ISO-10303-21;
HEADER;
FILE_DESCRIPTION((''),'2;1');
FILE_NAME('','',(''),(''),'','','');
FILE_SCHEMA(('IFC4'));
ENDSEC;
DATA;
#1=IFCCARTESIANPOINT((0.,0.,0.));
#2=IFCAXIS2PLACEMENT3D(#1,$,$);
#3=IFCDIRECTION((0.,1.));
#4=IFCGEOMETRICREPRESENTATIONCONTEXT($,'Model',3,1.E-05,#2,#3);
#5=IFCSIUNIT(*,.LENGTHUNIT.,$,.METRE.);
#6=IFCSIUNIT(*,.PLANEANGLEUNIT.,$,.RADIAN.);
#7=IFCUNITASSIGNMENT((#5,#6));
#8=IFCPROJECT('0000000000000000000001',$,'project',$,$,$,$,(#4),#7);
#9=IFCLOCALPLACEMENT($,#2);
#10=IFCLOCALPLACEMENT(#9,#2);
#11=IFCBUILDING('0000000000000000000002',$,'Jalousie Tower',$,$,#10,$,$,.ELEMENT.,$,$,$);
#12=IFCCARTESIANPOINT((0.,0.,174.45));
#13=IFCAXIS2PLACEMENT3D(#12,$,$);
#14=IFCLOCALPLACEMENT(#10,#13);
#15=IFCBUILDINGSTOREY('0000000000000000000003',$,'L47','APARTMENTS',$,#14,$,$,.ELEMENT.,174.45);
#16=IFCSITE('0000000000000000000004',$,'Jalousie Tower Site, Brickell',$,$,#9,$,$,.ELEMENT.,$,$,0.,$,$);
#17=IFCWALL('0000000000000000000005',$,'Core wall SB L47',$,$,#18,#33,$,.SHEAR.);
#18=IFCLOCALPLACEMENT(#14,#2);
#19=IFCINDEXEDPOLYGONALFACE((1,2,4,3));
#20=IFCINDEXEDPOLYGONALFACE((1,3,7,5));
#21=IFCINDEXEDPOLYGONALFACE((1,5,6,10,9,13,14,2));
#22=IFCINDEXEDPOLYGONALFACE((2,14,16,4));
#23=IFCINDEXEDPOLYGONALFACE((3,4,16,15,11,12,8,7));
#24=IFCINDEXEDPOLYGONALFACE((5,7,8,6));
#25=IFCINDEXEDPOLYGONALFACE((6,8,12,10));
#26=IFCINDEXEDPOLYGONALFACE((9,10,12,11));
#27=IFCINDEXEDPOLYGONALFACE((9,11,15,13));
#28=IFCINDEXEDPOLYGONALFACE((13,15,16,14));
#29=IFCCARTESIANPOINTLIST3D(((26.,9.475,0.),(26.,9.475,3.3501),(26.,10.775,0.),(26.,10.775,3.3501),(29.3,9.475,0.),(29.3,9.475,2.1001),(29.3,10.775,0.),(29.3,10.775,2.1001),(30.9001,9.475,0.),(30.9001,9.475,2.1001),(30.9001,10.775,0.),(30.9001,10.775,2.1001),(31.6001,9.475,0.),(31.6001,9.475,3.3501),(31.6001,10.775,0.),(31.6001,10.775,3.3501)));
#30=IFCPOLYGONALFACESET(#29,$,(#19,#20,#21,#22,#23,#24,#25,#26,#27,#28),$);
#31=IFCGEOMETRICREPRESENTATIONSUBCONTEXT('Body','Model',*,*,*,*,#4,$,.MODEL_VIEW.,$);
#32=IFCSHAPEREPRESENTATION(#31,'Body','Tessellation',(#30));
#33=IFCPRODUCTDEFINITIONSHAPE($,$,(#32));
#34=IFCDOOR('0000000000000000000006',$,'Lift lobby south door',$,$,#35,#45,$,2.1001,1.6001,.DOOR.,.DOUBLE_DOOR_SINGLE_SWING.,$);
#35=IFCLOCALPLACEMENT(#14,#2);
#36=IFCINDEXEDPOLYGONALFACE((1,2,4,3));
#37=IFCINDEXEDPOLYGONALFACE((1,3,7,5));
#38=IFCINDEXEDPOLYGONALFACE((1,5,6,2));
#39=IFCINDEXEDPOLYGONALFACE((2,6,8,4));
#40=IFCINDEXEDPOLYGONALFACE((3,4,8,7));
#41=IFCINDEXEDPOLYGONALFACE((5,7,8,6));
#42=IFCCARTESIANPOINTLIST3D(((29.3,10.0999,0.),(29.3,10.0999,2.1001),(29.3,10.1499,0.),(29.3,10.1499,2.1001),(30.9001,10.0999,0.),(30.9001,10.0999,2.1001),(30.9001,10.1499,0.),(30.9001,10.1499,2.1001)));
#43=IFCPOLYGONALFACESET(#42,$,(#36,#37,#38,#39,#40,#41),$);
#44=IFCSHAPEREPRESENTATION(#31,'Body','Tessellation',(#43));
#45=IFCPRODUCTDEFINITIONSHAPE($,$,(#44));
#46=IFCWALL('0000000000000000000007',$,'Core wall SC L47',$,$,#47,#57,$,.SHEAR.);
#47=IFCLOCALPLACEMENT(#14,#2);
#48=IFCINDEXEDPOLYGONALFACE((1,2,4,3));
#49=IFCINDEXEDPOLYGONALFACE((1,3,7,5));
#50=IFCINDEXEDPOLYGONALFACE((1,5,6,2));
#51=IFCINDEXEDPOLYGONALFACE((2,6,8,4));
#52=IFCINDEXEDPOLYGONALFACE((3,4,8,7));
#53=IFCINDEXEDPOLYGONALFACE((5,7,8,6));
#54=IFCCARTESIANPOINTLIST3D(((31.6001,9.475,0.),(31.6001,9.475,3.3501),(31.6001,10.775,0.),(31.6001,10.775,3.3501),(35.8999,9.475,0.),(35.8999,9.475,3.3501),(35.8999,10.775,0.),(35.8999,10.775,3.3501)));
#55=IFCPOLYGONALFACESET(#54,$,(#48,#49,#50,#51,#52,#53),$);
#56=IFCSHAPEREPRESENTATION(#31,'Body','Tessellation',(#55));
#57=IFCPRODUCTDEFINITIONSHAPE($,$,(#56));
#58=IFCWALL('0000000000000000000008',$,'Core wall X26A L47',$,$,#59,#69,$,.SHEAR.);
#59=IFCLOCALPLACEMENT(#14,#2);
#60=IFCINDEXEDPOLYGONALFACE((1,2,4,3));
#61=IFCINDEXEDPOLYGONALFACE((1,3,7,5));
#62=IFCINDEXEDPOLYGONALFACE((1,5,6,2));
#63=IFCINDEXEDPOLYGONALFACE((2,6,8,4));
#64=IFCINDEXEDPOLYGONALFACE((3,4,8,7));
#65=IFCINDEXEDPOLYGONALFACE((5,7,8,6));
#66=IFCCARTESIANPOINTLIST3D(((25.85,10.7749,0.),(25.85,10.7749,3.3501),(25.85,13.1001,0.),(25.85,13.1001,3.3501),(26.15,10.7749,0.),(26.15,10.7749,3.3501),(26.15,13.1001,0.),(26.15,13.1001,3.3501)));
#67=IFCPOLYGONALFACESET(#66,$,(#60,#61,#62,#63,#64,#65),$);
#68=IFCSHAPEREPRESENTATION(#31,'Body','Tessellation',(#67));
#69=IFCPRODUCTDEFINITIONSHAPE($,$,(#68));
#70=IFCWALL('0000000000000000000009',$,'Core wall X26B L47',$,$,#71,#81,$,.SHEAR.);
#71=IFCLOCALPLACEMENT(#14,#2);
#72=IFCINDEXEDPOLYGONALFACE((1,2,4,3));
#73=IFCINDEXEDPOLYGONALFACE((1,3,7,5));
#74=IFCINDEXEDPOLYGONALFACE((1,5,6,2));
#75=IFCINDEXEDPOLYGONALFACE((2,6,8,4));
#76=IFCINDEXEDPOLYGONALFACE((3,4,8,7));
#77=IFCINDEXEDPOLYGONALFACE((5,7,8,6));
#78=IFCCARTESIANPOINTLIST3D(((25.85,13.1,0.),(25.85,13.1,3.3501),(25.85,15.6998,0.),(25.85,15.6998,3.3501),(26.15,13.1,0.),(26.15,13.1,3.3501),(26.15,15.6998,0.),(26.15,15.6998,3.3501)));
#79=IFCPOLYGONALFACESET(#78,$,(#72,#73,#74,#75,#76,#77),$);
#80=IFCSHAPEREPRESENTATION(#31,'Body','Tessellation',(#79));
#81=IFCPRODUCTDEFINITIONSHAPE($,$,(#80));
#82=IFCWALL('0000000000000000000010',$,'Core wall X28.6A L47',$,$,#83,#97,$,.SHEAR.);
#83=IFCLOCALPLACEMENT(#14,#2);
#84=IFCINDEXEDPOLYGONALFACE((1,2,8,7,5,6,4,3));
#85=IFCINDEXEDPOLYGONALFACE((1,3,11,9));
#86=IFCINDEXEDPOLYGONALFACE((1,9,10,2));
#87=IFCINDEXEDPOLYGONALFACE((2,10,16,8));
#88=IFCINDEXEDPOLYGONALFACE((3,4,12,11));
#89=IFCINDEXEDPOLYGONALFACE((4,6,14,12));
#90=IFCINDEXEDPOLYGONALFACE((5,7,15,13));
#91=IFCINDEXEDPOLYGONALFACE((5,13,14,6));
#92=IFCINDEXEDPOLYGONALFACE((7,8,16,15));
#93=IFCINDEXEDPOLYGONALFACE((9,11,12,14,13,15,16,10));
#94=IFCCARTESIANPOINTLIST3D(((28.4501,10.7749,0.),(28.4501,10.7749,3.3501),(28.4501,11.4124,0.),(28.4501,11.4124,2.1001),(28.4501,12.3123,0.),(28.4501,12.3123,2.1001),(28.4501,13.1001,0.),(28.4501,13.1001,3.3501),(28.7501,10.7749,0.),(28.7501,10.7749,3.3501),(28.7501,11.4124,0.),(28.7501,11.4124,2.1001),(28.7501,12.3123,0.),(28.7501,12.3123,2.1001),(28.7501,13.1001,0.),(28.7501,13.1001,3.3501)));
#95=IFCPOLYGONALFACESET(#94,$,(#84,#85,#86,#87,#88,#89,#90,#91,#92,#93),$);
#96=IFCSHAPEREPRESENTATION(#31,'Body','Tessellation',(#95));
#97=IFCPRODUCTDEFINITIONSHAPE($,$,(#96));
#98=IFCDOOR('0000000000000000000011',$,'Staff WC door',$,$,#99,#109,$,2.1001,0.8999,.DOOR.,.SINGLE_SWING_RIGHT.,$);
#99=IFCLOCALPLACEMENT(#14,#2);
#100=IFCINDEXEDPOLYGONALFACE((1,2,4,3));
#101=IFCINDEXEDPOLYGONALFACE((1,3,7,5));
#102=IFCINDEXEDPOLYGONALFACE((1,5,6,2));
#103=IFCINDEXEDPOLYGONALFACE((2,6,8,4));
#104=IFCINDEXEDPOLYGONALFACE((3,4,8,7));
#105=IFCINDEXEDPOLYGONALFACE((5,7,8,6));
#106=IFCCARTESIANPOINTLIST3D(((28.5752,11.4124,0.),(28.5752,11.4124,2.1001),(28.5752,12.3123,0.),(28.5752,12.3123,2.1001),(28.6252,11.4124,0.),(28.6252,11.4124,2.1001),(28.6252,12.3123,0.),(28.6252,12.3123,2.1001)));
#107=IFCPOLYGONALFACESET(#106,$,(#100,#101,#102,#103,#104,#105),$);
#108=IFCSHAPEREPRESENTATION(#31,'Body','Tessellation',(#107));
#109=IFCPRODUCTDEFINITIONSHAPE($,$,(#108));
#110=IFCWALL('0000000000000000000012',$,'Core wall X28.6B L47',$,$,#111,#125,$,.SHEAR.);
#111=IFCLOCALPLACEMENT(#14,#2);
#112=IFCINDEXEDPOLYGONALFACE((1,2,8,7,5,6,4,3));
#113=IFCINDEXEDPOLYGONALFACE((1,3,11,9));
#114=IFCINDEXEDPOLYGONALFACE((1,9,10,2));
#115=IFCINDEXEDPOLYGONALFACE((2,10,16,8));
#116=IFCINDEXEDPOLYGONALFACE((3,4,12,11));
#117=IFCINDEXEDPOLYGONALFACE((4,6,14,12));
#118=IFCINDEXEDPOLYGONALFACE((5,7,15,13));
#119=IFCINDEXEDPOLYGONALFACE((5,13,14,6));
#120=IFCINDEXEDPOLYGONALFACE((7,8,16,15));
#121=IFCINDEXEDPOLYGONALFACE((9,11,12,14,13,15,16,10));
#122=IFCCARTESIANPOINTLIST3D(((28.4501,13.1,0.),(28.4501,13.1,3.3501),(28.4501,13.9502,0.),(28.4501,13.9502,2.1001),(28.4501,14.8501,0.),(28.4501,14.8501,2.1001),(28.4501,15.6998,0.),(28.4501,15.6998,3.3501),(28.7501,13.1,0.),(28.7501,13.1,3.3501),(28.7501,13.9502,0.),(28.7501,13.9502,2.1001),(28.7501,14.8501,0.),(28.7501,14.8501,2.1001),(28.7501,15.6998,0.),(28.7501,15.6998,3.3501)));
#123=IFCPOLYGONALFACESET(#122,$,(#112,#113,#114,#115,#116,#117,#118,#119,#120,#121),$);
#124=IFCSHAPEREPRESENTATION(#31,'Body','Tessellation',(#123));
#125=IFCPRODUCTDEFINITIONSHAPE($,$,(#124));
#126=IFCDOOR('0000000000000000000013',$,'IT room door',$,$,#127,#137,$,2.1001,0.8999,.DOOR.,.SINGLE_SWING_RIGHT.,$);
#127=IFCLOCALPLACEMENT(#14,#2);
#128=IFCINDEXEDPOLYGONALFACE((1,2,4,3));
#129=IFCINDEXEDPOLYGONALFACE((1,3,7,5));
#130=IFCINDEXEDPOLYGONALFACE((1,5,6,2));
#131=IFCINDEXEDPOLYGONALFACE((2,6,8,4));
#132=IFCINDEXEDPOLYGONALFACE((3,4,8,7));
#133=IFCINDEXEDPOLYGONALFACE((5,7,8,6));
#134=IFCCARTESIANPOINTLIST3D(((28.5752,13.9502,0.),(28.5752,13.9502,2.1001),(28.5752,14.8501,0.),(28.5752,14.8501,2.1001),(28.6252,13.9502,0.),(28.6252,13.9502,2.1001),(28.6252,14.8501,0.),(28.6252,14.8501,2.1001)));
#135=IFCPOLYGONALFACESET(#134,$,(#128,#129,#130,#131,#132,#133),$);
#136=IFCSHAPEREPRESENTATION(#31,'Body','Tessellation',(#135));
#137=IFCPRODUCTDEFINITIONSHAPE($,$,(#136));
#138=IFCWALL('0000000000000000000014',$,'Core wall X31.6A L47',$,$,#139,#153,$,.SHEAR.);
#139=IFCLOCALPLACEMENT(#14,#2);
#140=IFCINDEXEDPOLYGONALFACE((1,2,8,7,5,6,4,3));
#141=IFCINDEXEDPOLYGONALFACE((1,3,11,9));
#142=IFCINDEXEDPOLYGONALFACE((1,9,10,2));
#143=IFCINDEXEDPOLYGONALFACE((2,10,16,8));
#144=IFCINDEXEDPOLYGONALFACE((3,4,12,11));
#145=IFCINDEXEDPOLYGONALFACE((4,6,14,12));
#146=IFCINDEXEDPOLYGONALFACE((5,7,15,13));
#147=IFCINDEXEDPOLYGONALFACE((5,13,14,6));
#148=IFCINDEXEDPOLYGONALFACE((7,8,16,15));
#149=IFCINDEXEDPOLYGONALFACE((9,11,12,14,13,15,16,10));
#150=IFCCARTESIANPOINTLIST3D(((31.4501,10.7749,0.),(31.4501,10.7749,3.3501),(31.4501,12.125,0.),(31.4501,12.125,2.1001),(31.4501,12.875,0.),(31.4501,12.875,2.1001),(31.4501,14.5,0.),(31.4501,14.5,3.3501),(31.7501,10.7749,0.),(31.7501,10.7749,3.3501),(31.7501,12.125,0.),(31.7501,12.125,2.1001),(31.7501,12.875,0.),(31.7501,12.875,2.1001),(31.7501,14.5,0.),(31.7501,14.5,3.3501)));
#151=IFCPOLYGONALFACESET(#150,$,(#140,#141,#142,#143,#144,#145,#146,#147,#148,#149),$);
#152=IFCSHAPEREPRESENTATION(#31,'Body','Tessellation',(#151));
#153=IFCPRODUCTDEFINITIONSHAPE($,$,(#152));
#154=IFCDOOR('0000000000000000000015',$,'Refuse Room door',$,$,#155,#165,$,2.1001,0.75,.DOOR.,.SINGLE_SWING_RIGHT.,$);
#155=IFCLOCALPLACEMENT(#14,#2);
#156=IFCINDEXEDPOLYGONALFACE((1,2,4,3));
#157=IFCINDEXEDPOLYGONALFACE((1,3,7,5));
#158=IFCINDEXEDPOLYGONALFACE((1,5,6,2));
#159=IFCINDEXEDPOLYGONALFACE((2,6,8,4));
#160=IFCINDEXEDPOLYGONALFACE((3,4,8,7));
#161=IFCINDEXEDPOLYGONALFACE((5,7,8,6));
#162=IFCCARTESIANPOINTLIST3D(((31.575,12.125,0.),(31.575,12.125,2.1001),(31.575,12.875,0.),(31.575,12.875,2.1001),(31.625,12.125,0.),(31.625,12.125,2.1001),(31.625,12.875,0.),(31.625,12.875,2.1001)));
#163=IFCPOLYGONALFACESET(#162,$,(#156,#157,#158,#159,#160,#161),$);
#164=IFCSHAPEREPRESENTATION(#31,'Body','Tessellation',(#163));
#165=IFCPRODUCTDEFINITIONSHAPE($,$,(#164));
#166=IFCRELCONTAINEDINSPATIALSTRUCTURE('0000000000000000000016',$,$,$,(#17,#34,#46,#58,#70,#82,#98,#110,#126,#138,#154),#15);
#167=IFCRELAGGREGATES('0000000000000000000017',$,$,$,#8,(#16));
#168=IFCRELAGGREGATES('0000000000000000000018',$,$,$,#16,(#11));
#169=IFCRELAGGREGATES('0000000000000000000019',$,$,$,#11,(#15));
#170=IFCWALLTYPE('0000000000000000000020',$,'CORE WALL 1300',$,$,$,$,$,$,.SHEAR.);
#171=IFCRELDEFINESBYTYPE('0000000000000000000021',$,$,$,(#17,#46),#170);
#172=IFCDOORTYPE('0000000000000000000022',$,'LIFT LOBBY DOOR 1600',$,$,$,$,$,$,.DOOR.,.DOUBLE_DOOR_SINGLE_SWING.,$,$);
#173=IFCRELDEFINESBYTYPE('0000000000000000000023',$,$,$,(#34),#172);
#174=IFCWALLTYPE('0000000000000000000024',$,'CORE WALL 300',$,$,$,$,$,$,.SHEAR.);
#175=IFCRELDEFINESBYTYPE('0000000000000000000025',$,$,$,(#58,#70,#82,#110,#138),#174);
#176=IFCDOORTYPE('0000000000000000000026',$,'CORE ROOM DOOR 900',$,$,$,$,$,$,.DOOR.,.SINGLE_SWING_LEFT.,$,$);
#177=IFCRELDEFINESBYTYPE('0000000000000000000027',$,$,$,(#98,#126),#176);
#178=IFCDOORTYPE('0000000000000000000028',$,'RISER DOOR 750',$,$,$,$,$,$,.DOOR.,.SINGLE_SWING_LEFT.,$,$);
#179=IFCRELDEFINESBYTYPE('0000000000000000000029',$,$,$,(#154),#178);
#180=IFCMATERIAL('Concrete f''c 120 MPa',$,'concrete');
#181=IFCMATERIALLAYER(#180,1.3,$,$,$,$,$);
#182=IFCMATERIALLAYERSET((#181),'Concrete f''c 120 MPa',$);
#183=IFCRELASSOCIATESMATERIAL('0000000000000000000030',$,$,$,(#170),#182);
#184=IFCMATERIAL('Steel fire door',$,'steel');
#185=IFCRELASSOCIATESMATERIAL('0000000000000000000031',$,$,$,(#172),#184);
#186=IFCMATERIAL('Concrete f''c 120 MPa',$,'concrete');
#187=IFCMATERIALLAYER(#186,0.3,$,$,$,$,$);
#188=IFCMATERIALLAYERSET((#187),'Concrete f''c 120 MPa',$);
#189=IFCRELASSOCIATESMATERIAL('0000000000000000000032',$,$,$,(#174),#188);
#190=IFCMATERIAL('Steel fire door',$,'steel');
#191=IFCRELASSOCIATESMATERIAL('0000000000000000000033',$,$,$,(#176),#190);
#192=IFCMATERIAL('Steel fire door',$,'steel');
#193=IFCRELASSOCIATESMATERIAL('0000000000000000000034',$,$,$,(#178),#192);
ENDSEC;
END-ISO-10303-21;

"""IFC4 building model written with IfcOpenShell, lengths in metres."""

from ifc_helpers import new_model, si_unit, direction, frame, frame_2d, origin, place, context, subcontext, project, spatial, rectangle, extrude, material, layer, layer_set, type_object, element, fill, save


model = new_model("IFC4")

# Units and contexts
model_context = context("Model", 3, precision=1e-05, world=origin(), true_north=direction((0.0, 1.0)))
body_context = subcontext(model_context, "Body", "Model", "MODEL_VIEW")
ifc_project = project(units=[si_unit("LENGTHUNIT", "METRE"), si_unit("PLANEANGLEUNIT", "RADIAN")], contexts=[model_context])

# Site, building, storey
site_placement = place(None, origin())
site = spatial("IfcSite", under=ifc_project, at=site_placement, Name="Jalousie Tower Site, Brickell", CompositionType="ELEMENT", RefElevation=0.0)
building_placement = place(site_placement, origin())
building = spatial("IfcBuilding", under=site, at=building_placement, Name="Jalousie Tower", CompositionType="ELEMENT")
storey_placement = place(building_placement, frame((0.0, 0.0, 174.45)))
storey = spatial("IfcBuildingStorey", under=building, at=storey_placement, Name="L47", Description="APARTMENTS", CompositionType="ELEMENT", Elevation=174.45)

# Wall, opening, door
ifc_material_1 = material(Name="Concrete f'c 120 MPa", Category="concrete")
ifc_layer_1 = layer(ifc_material_1, 1.3)
ifc_layer_set_1 = layer_set([ifc_layer_1], Name="Concrete f'c 120 MPa")
wall_type_1 = type_object("IfcWallType", Name="CORE WALL 1300", PredefinedType="SHEAR", material=ifc_layer_set_1)
wall_1_placement = place(storey_placement, frame((26.0, 10.125, 0.0), z_axis=(0.0, 0.0, 1.0), x_axis=(1.0, 0.0, 0.0)))
wall_1 = element("IfcWall", 1, at=wall_1_placement, inside=storey, type_object=wall_type_1, Name="Core wall SB L47", PredefinedType="SHEAR", context=body_context, shape_type="SweptSolid", body=[
    extrude(rectangle(XDim=5.6001, YDim=1.3, at=frame_2d((2.8, 0.0))), origin(), (0.0, 0.0, 1.0), 3.3501),
])
opening_1_placement = place(wall_1_placement, frame((3.3, 0.0, 0.0)))
opening_1 = element("IfcOpeningElement", 2, at=opening_1_placement, cuts=wall_1, PredefinedType="OPENING", context=body_context, shape_type="SweptSolid", body=[
    extrude(rectangle(XDim=1.6001, YDim=2.1001, at=frame_2d((0.8, 1.05))), frame((0.0, 0.6599, 0.0), z_axis=(0.0, -1.0, 0.0), x_axis=(1.0, 0.0, 0.0)), (0.0, 0.0, 1.0), 1.3201),
])
ifc_material_2 = material(Name="Steel fire door", Category="steel")
door_type_1 = type_object("IfcDoorType", Name="LIFT LOBBY DOOR 1600", OperationType="DOUBLE_DOOR_SINGLE_SWING", PredefinedType="DOOR", material=ifc_material_2)
door_1_placement = place(opening_1_placement, origin())
door_1 = element("IfcDoor", 3, at=door_1_placement, inside=storey, type_object=door_type_1, Name="Lift lobby south door", OperationType="DOUBLE_DOOR_SINGLE_SWING", OverallHeight=2.1001, OverallWidth=1.6001, PredefinedType="DOOR", context=body_context, shape_type="SweptSolid", body=[
    extrude(rectangle(XDim=1.6001, YDim=2.1001, at=frame_2d((0.8, 1.05))), frame((0.0, 0.0249, 0.0), z_axis=(0.0, -1.0, 0.0), x_axis=(1.0, 0.0, 0.0)), (0.0, 0.0, 1.0), 0.05),
])
fill(opening_1, door_1)

# Walls
wall_2_placement = place(storey_placement, frame((31.6001, 10.125, 0.0), z_axis=(0.0, 0.0, 1.0), x_axis=(1.0, 0.0, 0.0)))
element("IfcWall", 4, at=wall_2_placement, inside=storey, type_object=wall_type_1, Name="Core wall SC L47", PredefinedType="SHEAR", context=body_context, shape_type="SweptSolid", body=[
    extrude(rectangle(XDim=4.2998, YDim=1.3, at=frame_2d((2.1499, 0.0))), origin(), (0.0, 0.0, 1.0), 3.3501),
])
ifc_material_3 = material(Name="Concrete f'c 120 MPa", Category="concrete")
ifc_layer_2 = layer(ifc_material_3, 0.3)
ifc_layer_set_2 = layer_set([ifc_layer_2], Name="Concrete f'c 120 MPa")
wall_type_2 = type_object("IfcWallType", Name="CORE WALL 300", PredefinedType="SHEAR", material=ifc_layer_set_2)
wall_3_placement = place(storey_placement, frame((26.0, 10.7749, 0.0), z_axis=(0.0, 0.0, 1.0), x_axis=(0.0, 1.0, 0.0)))
element("IfcWall", 5, at=wall_3_placement, inside=storey, type_object=wall_type_2, Name="Core wall X26A L47", PredefinedType="SHEAR", context=body_context, shape_type="SweptSolid", body=[
    extrude(rectangle(XDim=2.3252, YDim=0.3, at=frame_2d((1.1626, 0.0))), origin(), (0.0, 0.0, 1.0), 3.3501),
])
wall_4_placement = place(storey_placement, frame((26.0, 13.1001, 0.0), z_axis=(0.0, 0.0, 1.0), x_axis=(0.0, 1.0, 0.0)))
element("IfcWall", 6, at=wall_4_placement, inside=storey, type_object=wall_type_2, Name="Core wall X26B L47", PredefinedType="SHEAR", context=body_context, shape_type="SweptSolid", body=[
    extrude(rectangle(XDim=2.5999, YDim=0.3, at=frame_2d((1.2998, 0.0))), origin(), (0.0, 0.0, 1.0), 3.3501),
])

# Walls, openings, doors
wall_5_placement = place(storey_placement, frame((28.6001, 10.7749, 0.0), z_axis=(0.0, 0.0, 1.0), x_axis=(0.0, 1.0, 0.0)))
wall_5 = element("IfcWall", 7, at=wall_5_placement, inside=storey, type_object=wall_type_2, Name="Core wall X28.6A L47", PredefinedType="SHEAR", context=body_context, shape_type="SweptSolid", body=[
    extrude(rectangle(XDim=2.3252, YDim=0.3, at=frame_2d((1.1626, 0.0))), origin(), (0.0, 0.0, 1.0), 3.3501),
])
opening_2_placement = place(wall_5_placement, frame((0.6375, 0.0, 0.0)))
opening_2 = element("IfcOpeningElement", 8, at=opening_2_placement, cuts=wall_5, PredefinedType="OPENING", context=body_context, shape_type="SweptSolid", body=[
    extrude(rectangle(XDim=0.8999, YDim=2.1001, at=frame_2d((0.45, 1.05))), frame((0.0, 0.1599, 0.0), z_axis=(0.0, -1.0, 0.0), x_axis=(1.0, 0.0, 0.0)), (0.0, 0.0, 1.0), 0.3201),
])
ifc_material_4 = material(Name="Steel fire door", Category="steel")
door_type_2 = type_object("IfcDoorType", Name="CORE ROOM DOOR 900", OperationType="SINGLE_SWING_LEFT", PredefinedType="DOOR", material=ifc_material_4)
door_2_placement = place(opening_2_placement, origin())
door_2 = element("IfcDoor", 9, at=door_2_placement, inside=storey, type_object=door_type_2, Name="Staff WC door", OperationType="SINGLE_SWING_RIGHT", OverallHeight=2.1001, OverallWidth=0.8999, PredefinedType="DOOR", context=body_context, shape_type="SweptSolid", body=[
    extrude(rectangle(XDim=0.8999, YDim=2.1001, at=frame_2d((0.45, 1.05))), frame((0.0, 0.0249, 0.0), z_axis=(0.0, -1.0, 0.0), x_axis=(1.0, 0.0, 0.0)), (0.0, 0.0, 1.0), 0.05),
])
fill(opening_2, door_2)
wall_6_placement = place(storey_placement, frame((28.6001, 13.1001, 0.0), z_axis=(0.0, 0.0, 1.0), x_axis=(0.0, 1.0, 0.0)))
wall_6 = element("IfcWall", 10, at=wall_6_placement, inside=storey, type_object=wall_type_2, Name="Core wall X28.6B L47", PredefinedType="SHEAR", context=body_context, shape_type="SweptSolid", body=[
    extrude(rectangle(XDim=2.5999, YDim=0.3, at=frame_2d((1.2998, 0.0))), origin(), (0.0, 0.0, 1.0), 3.3501),
])
opening_3_placement = place(wall_6_placement, frame((0.8501, 0.0, 0.0)))
opening_3 = element("IfcOpeningElement", 11, at=opening_3_placement, cuts=wall_6, PredefinedType="OPENING", context=body_context, shape_type="SweptSolid", body=[
    extrude(rectangle(XDim=0.8999, YDim=2.1001, at=frame_2d((0.45, 1.05))), frame((0.0, 0.1599, 0.0), z_axis=(0.0, -1.0, 0.0), x_axis=(1.0, 0.0, 0.0)), (0.0, 0.0, 1.0), 0.3201),
])
door_3_placement = place(opening_3_placement, origin())
door_3 = element("IfcDoor", 12, at=door_3_placement, inside=storey, type_object=door_type_2, Name="IT room door", OperationType="SINGLE_SWING_RIGHT", OverallHeight=2.1001, OverallWidth=0.8999, PredefinedType="DOOR", context=body_context, shape_type="SweptSolid", body=[
    extrude(rectangle(XDim=0.8999, YDim=2.1001, at=frame_2d((0.45, 1.05))), frame((0.0, 0.0249, 0.0), z_axis=(0.0, -1.0, 0.0), x_axis=(1.0, 0.0, 0.0)), (0.0, 0.0, 1.0), 0.05),
])
fill(opening_3, door_3)
wall_7_placement = place(storey_placement, frame((31.6001, 10.7749, 0.0), z_axis=(0.0, 0.0, 1.0), x_axis=(0.0, 1.0, 0.0)))
wall_7 = element("IfcWall", 13, at=wall_7_placement, inside=storey, type_object=wall_type_2, Name="Core wall X31.6A L47", PredefinedType="SHEAR", context=body_context, shape_type="SweptSolid", body=[
    extrude(rectangle(XDim=3.7251, YDim=0.3, at=frame_2d((1.8625, 0.0))), origin(), (0.0, 0.0, 1.0), 3.3501),
])
opening_4_placement = place(wall_7_placement, frame((1.3501, 0.0, 0.0)))
opening_4 = element("IfcOpeningElement", 14, at=opening_4_placement, cuts=wall_7, PredefinedType="OPENING", context=body_context, shape_type="SweptSolid", body=[
    extrude(rectangle(XDim=0.75, YDim=2.1001, at=frame_2d((0.375, 1.05))), frame((0.0, 0.1599, 0.0), z_axis=(0.0, -1.0, 0.0), x_axis=(1.0, 0.0, 0.0)), (0.0, 0.0, 1.0), 0.3201),
])
ifc_material_5 = material(Name="Steel fire door", Category="steel")
door_type_3 = type_object("IfcDoorType", Name="RISER DOOR 750", OperationType="SINGLE_SWING_LEFT", PredefinedType="DOOR", material=ifc_material_5)
door_4_placement = place(opening_4_placement, frame((0.75, 0.0, 0.0), z_axis=(0.0, 0.0, 1.0), x_axis=(-1.0, 0.0, 0.0)))
door_4 = element("IfcDoor", 15, at=door_4_placement, inside=storey, type_object=door_type_3, Name="Refuse Room door", OperationType="SINGLE_SWING_RIGHT", OverallHeight=2.1001, OverallWidth=0.75, PredefinedType="DOOR", context=body_context, shape_type="SweptSolid", body=[
    extrude(rectangle(XDim=0.75, YDim=2.1001, at=frame_2d((0.375, 1.05))), frame((0.0, 0.0249, 0.0), z_axis=(0.0, -1.0, 0.0), x_axis=(1.0, 0.0, 0.0)), (0.0, 0.0, 1.0), 0.05),
])
fill(opening_4, door_4)

save(model, "model.ifc")
